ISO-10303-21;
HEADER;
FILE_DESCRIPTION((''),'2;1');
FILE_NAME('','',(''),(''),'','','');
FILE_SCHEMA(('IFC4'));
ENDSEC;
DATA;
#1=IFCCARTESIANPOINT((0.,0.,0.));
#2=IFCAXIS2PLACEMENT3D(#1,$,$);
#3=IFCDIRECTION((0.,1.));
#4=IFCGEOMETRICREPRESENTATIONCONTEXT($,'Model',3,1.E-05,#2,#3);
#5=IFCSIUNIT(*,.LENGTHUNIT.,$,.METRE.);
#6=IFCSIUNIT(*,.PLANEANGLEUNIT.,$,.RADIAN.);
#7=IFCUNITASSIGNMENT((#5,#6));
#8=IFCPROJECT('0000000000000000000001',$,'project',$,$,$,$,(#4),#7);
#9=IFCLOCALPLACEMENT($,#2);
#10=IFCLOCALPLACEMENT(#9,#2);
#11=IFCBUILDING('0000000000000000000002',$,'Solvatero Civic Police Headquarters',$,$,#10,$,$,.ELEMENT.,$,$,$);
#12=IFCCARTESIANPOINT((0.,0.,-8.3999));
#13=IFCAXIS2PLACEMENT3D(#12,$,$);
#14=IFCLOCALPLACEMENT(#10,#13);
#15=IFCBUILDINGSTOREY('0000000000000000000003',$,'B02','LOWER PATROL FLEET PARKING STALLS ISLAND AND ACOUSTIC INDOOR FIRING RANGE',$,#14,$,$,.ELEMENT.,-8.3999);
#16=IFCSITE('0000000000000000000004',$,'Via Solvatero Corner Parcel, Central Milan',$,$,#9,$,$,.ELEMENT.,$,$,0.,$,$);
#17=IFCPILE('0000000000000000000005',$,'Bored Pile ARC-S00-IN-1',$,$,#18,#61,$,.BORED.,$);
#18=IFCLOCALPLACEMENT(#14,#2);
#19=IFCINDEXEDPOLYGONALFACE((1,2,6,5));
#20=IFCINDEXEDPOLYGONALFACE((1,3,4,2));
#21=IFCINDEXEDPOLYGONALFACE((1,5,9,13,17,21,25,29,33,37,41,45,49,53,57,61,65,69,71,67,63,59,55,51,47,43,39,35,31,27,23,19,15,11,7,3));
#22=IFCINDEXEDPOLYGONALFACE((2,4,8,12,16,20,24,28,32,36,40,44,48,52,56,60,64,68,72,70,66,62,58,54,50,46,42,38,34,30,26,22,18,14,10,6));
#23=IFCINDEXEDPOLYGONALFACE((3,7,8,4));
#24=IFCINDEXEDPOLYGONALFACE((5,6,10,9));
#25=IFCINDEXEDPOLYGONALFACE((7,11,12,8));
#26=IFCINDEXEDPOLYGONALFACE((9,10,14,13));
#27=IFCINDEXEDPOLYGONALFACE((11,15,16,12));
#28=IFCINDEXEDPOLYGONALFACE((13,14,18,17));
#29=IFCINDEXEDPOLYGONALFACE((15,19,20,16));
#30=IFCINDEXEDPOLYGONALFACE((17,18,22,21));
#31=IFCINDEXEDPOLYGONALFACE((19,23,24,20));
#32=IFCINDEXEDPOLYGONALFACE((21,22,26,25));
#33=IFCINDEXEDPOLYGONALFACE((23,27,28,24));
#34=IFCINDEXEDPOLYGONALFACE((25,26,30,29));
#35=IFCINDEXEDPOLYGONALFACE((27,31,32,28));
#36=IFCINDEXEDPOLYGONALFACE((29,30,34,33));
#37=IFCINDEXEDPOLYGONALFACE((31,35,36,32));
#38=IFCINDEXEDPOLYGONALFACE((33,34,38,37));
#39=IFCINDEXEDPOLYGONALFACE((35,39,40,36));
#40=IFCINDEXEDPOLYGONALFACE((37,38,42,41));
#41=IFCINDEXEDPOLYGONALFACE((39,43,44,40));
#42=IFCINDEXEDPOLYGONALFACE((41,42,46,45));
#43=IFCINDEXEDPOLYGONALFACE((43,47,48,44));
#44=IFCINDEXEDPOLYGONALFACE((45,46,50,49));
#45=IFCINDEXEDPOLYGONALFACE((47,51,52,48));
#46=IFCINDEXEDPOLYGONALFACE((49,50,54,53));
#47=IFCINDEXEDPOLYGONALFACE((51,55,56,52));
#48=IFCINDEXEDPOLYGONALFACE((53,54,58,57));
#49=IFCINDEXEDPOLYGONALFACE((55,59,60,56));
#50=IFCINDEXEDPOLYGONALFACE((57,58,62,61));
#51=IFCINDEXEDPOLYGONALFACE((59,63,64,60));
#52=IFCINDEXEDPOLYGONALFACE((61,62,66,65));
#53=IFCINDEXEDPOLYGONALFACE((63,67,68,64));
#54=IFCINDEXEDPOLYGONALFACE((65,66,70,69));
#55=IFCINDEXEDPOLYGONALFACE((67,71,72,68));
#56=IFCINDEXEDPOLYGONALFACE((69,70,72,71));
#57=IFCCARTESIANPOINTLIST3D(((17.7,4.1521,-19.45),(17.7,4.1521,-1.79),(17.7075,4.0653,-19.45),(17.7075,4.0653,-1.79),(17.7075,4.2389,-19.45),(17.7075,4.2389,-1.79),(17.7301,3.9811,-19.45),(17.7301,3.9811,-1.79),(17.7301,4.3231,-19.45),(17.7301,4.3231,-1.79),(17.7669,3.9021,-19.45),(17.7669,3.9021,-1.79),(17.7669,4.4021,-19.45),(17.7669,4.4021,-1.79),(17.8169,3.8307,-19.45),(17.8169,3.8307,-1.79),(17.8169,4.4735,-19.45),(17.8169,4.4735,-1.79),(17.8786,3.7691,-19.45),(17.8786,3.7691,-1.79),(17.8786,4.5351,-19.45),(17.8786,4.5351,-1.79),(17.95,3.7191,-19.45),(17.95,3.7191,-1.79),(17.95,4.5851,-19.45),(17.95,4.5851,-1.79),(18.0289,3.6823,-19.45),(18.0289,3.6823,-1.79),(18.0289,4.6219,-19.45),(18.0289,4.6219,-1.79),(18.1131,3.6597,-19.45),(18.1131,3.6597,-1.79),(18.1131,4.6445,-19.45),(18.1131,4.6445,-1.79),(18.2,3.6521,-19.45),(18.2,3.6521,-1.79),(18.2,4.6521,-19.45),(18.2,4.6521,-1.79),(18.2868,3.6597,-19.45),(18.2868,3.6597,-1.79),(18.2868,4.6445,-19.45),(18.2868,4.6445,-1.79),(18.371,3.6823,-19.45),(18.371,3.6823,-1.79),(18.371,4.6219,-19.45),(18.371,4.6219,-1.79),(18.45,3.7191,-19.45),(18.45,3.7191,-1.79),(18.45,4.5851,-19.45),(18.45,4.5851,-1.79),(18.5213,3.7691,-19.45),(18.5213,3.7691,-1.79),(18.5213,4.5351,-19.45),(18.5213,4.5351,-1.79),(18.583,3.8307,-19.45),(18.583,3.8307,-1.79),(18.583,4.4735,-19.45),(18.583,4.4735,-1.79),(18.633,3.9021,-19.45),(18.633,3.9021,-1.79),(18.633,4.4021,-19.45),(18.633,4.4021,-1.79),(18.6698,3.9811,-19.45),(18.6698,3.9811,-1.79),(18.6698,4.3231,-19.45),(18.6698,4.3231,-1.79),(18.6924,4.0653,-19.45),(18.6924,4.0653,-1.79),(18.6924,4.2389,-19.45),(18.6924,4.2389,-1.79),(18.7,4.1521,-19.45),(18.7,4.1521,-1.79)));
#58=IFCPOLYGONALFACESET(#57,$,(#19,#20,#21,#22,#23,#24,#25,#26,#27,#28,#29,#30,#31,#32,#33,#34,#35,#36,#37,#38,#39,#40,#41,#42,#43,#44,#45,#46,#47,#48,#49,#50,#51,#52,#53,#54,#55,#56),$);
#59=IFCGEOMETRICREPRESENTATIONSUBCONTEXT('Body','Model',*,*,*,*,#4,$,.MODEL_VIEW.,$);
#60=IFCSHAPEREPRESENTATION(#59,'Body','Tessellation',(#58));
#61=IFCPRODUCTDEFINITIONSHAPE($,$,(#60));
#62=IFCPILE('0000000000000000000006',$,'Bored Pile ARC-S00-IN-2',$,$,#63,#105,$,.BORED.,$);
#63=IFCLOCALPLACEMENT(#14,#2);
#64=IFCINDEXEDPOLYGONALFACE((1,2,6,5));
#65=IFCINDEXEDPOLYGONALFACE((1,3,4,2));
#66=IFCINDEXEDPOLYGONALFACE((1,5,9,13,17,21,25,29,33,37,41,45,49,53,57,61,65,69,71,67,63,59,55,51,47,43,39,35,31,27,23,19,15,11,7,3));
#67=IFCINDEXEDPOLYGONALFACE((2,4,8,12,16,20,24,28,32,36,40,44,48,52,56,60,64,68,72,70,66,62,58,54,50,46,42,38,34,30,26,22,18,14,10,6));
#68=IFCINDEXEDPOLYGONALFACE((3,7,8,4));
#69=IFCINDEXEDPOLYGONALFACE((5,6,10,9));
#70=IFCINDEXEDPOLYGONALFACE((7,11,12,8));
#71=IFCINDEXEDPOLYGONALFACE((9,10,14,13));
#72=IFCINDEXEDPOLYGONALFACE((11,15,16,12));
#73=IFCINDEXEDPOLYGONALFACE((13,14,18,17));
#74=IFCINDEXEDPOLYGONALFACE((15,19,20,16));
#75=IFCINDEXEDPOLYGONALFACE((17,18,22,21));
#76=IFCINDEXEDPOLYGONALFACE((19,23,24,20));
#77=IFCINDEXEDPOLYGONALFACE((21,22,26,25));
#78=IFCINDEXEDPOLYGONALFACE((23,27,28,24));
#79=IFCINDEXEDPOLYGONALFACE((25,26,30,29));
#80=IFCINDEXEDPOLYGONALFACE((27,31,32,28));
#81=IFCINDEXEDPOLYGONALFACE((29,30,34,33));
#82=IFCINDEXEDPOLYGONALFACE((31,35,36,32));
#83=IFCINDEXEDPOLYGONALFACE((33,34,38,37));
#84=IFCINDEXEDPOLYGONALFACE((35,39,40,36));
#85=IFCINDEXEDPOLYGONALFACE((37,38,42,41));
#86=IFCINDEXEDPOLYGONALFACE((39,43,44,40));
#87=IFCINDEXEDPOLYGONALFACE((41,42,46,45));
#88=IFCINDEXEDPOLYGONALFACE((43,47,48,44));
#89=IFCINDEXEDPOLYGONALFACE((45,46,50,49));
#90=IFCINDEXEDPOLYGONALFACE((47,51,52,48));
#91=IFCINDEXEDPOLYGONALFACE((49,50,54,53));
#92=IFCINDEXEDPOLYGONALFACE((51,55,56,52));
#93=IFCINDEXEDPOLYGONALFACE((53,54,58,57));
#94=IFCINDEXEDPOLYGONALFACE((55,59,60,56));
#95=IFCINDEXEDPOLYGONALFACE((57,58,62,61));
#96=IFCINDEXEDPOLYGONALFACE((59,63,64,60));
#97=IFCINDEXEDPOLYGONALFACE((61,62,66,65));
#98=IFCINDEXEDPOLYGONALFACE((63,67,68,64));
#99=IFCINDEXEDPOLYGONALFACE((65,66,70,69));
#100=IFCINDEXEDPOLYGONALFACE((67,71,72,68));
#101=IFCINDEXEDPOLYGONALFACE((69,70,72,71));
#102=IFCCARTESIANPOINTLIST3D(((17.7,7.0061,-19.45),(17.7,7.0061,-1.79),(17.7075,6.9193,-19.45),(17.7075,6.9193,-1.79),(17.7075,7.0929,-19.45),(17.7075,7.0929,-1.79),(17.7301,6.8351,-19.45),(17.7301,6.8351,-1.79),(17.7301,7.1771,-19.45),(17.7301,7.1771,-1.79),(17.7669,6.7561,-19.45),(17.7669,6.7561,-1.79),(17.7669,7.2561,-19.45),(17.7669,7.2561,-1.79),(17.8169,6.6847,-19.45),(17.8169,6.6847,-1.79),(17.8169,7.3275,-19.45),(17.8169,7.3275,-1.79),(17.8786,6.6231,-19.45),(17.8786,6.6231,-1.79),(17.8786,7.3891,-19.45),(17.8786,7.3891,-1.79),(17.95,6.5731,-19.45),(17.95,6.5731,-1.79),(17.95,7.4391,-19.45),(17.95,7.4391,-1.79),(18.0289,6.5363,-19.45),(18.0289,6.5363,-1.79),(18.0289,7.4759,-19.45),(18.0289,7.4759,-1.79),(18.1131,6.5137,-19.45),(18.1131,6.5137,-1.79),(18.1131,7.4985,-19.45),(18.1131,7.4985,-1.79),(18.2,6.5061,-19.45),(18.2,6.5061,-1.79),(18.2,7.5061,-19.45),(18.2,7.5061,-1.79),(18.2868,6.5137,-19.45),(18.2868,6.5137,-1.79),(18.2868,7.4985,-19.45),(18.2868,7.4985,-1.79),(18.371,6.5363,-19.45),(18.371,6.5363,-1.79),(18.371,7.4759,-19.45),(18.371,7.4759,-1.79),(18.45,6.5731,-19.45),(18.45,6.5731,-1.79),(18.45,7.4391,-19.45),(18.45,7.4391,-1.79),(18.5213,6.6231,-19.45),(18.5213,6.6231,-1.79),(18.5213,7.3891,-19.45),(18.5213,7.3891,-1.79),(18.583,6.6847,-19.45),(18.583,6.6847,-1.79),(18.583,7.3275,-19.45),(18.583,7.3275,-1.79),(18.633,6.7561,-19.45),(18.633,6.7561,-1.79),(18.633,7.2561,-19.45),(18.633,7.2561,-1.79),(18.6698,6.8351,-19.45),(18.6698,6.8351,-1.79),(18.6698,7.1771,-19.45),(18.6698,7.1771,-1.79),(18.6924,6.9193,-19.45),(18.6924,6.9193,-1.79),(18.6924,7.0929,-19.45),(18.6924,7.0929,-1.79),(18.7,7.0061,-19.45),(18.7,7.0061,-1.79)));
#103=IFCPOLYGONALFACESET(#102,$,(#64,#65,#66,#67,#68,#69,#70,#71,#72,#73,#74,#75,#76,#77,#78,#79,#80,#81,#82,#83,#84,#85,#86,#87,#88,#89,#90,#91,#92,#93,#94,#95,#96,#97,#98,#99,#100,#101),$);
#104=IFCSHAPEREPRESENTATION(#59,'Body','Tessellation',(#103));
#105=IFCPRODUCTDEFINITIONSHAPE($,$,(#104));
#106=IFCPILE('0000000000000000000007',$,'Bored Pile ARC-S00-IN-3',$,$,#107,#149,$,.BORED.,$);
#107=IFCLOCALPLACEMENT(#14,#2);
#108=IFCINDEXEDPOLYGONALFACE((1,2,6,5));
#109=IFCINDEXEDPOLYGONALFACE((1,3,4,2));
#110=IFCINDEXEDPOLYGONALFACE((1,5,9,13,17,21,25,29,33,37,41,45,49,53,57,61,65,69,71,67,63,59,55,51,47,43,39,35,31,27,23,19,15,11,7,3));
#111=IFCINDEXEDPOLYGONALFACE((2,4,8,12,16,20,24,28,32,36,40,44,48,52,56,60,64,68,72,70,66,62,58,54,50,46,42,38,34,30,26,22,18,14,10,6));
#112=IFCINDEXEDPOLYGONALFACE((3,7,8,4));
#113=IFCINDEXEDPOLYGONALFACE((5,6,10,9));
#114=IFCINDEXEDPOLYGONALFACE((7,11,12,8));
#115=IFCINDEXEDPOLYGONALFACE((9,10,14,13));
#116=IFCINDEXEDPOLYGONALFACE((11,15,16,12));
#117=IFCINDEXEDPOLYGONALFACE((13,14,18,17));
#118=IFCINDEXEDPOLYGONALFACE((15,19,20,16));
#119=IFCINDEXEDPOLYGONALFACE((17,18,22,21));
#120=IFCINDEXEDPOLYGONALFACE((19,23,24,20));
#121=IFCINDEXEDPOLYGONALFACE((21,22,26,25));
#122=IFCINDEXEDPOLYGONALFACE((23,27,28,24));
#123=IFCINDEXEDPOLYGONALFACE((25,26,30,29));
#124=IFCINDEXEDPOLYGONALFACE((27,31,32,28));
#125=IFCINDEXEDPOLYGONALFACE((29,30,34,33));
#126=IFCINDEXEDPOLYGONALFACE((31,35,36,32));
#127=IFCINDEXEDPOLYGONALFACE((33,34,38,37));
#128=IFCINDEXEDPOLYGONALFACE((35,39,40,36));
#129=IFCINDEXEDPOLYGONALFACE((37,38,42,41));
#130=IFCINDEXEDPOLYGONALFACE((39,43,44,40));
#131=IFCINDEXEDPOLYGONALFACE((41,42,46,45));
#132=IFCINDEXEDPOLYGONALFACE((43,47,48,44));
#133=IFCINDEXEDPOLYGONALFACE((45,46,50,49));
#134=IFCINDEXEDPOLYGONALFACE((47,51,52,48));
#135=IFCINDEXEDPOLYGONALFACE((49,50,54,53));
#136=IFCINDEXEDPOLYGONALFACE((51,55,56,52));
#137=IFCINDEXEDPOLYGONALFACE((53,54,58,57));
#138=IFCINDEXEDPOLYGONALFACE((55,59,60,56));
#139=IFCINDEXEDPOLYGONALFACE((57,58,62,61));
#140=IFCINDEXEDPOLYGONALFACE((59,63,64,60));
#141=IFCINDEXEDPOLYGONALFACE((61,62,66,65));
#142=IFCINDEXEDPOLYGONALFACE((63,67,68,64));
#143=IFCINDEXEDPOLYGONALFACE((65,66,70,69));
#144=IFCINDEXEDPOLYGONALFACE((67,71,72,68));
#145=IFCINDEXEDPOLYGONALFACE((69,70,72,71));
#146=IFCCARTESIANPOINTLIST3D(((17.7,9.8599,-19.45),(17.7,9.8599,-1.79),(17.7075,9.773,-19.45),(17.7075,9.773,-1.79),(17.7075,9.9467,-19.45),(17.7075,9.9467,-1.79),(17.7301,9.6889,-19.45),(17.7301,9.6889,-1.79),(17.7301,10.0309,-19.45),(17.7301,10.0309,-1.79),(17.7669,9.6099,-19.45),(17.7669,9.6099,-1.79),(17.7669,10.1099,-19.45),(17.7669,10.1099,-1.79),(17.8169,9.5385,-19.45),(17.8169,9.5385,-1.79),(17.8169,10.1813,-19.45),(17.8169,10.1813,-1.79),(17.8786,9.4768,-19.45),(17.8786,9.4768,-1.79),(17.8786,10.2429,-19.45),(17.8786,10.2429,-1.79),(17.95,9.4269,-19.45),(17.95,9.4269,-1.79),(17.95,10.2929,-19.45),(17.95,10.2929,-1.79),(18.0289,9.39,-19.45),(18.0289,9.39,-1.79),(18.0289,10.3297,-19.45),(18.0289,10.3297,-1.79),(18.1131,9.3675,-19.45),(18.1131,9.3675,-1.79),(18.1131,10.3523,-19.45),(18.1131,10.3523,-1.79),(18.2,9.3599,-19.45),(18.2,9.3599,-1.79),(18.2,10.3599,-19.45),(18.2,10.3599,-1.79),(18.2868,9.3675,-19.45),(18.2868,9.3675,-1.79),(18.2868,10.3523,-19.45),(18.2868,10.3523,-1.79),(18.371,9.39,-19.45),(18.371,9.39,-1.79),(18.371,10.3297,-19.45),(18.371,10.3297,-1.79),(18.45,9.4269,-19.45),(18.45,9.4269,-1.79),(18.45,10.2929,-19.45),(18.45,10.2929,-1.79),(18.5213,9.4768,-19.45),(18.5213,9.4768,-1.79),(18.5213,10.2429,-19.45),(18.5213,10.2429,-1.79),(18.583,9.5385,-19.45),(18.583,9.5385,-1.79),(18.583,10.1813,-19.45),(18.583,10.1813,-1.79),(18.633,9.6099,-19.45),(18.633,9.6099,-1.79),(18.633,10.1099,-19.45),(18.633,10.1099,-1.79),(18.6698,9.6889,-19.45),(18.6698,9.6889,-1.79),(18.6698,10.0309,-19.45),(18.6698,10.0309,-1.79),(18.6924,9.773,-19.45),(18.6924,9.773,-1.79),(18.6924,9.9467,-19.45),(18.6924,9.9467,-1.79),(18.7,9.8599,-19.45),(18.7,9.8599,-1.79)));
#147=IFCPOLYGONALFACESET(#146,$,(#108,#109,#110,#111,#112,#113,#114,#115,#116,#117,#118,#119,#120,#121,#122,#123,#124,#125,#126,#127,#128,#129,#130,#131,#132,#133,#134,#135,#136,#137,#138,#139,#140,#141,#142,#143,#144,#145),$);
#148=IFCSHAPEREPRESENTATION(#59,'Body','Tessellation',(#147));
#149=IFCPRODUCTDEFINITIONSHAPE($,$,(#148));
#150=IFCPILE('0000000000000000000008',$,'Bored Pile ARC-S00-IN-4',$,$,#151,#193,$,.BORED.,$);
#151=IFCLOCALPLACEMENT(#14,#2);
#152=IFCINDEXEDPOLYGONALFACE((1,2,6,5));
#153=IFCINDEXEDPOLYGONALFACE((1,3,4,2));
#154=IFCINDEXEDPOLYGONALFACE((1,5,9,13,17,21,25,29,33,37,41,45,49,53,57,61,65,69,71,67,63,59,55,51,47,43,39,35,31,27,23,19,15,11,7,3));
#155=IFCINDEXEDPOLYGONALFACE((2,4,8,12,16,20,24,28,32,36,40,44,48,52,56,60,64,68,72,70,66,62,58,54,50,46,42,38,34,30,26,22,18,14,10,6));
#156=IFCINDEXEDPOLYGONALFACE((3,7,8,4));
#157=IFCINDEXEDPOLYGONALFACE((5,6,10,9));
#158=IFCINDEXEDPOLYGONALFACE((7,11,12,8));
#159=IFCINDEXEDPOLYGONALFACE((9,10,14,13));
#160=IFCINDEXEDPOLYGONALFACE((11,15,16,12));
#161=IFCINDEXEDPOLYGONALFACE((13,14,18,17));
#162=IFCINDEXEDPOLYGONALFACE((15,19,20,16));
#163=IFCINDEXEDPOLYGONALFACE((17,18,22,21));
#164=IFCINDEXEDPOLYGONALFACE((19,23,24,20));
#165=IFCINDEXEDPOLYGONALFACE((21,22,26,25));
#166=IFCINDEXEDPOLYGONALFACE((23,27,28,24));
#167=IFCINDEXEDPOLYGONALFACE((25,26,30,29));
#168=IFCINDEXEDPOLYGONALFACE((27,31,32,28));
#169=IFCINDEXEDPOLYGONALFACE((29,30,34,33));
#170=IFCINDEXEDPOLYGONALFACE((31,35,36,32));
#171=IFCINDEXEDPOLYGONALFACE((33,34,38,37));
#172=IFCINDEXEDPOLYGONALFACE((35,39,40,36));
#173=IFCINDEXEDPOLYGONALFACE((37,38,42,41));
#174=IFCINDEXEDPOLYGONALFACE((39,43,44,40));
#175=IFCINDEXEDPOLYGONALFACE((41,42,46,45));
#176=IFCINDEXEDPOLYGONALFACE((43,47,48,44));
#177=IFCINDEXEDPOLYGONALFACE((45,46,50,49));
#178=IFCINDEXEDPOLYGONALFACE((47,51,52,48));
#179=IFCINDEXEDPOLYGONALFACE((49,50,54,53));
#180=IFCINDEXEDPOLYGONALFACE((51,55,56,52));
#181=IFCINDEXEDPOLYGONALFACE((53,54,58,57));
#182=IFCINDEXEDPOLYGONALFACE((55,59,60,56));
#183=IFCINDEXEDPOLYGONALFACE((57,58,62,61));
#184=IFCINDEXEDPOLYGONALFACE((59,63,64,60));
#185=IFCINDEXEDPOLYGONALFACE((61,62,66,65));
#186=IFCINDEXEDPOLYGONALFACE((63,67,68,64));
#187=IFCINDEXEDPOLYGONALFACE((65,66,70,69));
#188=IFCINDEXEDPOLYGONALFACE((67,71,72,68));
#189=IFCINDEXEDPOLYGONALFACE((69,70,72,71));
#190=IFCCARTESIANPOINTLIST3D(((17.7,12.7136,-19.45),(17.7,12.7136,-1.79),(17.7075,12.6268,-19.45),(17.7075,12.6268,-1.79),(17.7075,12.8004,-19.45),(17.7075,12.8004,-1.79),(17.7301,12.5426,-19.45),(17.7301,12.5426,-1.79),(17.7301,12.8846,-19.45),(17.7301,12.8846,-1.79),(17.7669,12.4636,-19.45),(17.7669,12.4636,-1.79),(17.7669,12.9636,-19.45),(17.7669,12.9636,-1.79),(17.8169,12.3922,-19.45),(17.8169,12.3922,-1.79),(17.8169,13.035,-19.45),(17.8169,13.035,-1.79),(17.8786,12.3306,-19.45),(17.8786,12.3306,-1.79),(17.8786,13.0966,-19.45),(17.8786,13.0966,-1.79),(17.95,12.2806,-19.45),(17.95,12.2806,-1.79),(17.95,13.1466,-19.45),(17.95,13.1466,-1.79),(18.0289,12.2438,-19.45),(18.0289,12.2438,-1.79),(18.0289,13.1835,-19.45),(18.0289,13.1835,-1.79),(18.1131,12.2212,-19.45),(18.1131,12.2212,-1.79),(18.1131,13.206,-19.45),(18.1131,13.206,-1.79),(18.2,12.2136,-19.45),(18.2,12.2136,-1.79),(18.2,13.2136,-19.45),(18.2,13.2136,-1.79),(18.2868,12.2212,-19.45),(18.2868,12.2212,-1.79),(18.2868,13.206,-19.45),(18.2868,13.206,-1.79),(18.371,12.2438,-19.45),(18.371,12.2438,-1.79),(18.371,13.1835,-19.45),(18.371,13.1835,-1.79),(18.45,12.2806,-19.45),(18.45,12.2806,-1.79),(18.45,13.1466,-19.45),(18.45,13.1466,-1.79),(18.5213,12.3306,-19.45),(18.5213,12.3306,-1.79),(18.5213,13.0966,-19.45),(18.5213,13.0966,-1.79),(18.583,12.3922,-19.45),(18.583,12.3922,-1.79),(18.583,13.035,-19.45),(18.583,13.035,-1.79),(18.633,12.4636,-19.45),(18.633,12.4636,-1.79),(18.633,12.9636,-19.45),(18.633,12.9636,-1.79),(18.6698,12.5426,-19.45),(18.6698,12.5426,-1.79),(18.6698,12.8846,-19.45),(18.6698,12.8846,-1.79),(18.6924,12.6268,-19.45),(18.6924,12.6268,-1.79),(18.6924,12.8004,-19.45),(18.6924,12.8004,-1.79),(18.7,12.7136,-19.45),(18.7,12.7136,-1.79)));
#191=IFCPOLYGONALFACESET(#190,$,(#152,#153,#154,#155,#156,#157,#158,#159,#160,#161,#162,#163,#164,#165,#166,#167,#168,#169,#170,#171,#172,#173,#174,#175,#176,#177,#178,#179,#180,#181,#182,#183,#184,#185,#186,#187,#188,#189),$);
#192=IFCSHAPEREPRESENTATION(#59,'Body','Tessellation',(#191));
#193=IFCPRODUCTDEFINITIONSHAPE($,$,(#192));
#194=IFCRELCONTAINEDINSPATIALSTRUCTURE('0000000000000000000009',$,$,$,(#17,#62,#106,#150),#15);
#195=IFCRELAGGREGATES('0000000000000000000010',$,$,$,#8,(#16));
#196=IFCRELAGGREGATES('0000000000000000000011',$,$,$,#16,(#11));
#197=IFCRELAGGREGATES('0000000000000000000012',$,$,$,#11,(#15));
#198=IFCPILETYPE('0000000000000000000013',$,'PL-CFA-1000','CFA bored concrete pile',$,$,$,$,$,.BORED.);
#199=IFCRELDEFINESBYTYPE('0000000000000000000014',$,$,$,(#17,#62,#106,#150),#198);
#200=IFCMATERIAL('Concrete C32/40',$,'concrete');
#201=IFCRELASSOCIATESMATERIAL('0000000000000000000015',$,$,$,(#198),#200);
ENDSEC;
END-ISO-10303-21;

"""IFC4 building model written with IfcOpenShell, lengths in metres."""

from ifc_helpers import new_model, si_unit, direction, frame, origin, origin_2d, place, context, subcontext, project, spatial, circle, extrude, material, material_profile, profile_set, type_object, element, save


model = new_model("IFC4")

# Units and contexts
model_context = context("Model", 3, precision=1e-05, world=origin(), true_north=direction((0.0, 1.0)))
body_context = subcontext(model_context, "Body", "Model", "MODEL_VIEW")
ifc_project = project(units=[si_unit("LENGTHUNIT", "METRE"), si_unit("PLANEANGLEUNIT", "RADIAN")], contexts=[model_context])

# Site, building, storey
site_placement = place(None, origin())
site = spatial("IfcSite", under=ifc_project, at=site_placement, Name="Via Solvatero Corner Parcel, Central Milan", CompositionType="ELEMENT", RefElevation=0.0)
building_placement = place(site_placement, origin())
building = spatial("IfcBuilding", under=site, at=building_placement, Name="Solvatero Civic Police Headquarters", CompositionType="ELEMENT")
storey_placement = place(building_placement, frame((0.0, 0.0, -8.3999)))
storey = spatial("IfcBuildingStorey", under=building, at=storey_placement, Name="B02", Description="LOWER PATROL FLEET PARKING STALLS ISLAND AND ACOUSTIC INDOOR FIRING RANGE", CompositionType="ELEMENT", Elevation=-8.3999)

# Piles
ifc_material_1 = material(Name="Concrete C32/40", Category="concrete")
ifc_material_profile_1 = material_profile(ifc_material_1, circle(Radius=0.5, at=origin_2d()), Name="CFA PILE D1000")
ifc_profile_set_1 = profile_set([ifc_material_profile_1], Name="Concrete C32/40")
pile_type_1 = type_object("IfcPileType", Name="PL-CFA-1000", Description="CFA bored concrete pile", PredefinedType="BORED", material=ifc_profile_set_1)
for number, where, z_axis, x_axis, name in (
    (1, (18.2, 4.1521, -1.79), (0.0, 0.0, -1.0), (1.0, 0.0, 0.0), "Bored Pile ARC-S00-IN-1"),
    (2, (18.2, 7.0061, -1.79), (0.0, 0.0, -1.0), (1.0, 0.0, 0.0), "Bored Pile ARC-S00-IN-2"),
    (3, (18.2, 9.8599, -1.79), (0.0, 0.0, -1.0), (1.0, 0.0, 0.0), "Bored Pile ARC-S00-IN-3"),
    (4, (18.2, 12.7136, -1.79), (0.0, 0.0, -1.0), (1.0, 0.0, 0.0), "Bored Pile ARC-S00-IN-4"),
):
    element("IfcPile", number, at=place(storey_placement, frame(where, z_axis=z_axis, x_axis=x_axis)), inside=storey, type_object=pile_type_1, Name=name, PredefinedType="BORED", context=body_context, shape_type="SweptSolid", body=[
        extrude(circle(Radius=0.5, at=origin_2d()), origin(), (0.0, 0.0, 1.0), 17.6599),
    ])

save(model, "model.ifc")
